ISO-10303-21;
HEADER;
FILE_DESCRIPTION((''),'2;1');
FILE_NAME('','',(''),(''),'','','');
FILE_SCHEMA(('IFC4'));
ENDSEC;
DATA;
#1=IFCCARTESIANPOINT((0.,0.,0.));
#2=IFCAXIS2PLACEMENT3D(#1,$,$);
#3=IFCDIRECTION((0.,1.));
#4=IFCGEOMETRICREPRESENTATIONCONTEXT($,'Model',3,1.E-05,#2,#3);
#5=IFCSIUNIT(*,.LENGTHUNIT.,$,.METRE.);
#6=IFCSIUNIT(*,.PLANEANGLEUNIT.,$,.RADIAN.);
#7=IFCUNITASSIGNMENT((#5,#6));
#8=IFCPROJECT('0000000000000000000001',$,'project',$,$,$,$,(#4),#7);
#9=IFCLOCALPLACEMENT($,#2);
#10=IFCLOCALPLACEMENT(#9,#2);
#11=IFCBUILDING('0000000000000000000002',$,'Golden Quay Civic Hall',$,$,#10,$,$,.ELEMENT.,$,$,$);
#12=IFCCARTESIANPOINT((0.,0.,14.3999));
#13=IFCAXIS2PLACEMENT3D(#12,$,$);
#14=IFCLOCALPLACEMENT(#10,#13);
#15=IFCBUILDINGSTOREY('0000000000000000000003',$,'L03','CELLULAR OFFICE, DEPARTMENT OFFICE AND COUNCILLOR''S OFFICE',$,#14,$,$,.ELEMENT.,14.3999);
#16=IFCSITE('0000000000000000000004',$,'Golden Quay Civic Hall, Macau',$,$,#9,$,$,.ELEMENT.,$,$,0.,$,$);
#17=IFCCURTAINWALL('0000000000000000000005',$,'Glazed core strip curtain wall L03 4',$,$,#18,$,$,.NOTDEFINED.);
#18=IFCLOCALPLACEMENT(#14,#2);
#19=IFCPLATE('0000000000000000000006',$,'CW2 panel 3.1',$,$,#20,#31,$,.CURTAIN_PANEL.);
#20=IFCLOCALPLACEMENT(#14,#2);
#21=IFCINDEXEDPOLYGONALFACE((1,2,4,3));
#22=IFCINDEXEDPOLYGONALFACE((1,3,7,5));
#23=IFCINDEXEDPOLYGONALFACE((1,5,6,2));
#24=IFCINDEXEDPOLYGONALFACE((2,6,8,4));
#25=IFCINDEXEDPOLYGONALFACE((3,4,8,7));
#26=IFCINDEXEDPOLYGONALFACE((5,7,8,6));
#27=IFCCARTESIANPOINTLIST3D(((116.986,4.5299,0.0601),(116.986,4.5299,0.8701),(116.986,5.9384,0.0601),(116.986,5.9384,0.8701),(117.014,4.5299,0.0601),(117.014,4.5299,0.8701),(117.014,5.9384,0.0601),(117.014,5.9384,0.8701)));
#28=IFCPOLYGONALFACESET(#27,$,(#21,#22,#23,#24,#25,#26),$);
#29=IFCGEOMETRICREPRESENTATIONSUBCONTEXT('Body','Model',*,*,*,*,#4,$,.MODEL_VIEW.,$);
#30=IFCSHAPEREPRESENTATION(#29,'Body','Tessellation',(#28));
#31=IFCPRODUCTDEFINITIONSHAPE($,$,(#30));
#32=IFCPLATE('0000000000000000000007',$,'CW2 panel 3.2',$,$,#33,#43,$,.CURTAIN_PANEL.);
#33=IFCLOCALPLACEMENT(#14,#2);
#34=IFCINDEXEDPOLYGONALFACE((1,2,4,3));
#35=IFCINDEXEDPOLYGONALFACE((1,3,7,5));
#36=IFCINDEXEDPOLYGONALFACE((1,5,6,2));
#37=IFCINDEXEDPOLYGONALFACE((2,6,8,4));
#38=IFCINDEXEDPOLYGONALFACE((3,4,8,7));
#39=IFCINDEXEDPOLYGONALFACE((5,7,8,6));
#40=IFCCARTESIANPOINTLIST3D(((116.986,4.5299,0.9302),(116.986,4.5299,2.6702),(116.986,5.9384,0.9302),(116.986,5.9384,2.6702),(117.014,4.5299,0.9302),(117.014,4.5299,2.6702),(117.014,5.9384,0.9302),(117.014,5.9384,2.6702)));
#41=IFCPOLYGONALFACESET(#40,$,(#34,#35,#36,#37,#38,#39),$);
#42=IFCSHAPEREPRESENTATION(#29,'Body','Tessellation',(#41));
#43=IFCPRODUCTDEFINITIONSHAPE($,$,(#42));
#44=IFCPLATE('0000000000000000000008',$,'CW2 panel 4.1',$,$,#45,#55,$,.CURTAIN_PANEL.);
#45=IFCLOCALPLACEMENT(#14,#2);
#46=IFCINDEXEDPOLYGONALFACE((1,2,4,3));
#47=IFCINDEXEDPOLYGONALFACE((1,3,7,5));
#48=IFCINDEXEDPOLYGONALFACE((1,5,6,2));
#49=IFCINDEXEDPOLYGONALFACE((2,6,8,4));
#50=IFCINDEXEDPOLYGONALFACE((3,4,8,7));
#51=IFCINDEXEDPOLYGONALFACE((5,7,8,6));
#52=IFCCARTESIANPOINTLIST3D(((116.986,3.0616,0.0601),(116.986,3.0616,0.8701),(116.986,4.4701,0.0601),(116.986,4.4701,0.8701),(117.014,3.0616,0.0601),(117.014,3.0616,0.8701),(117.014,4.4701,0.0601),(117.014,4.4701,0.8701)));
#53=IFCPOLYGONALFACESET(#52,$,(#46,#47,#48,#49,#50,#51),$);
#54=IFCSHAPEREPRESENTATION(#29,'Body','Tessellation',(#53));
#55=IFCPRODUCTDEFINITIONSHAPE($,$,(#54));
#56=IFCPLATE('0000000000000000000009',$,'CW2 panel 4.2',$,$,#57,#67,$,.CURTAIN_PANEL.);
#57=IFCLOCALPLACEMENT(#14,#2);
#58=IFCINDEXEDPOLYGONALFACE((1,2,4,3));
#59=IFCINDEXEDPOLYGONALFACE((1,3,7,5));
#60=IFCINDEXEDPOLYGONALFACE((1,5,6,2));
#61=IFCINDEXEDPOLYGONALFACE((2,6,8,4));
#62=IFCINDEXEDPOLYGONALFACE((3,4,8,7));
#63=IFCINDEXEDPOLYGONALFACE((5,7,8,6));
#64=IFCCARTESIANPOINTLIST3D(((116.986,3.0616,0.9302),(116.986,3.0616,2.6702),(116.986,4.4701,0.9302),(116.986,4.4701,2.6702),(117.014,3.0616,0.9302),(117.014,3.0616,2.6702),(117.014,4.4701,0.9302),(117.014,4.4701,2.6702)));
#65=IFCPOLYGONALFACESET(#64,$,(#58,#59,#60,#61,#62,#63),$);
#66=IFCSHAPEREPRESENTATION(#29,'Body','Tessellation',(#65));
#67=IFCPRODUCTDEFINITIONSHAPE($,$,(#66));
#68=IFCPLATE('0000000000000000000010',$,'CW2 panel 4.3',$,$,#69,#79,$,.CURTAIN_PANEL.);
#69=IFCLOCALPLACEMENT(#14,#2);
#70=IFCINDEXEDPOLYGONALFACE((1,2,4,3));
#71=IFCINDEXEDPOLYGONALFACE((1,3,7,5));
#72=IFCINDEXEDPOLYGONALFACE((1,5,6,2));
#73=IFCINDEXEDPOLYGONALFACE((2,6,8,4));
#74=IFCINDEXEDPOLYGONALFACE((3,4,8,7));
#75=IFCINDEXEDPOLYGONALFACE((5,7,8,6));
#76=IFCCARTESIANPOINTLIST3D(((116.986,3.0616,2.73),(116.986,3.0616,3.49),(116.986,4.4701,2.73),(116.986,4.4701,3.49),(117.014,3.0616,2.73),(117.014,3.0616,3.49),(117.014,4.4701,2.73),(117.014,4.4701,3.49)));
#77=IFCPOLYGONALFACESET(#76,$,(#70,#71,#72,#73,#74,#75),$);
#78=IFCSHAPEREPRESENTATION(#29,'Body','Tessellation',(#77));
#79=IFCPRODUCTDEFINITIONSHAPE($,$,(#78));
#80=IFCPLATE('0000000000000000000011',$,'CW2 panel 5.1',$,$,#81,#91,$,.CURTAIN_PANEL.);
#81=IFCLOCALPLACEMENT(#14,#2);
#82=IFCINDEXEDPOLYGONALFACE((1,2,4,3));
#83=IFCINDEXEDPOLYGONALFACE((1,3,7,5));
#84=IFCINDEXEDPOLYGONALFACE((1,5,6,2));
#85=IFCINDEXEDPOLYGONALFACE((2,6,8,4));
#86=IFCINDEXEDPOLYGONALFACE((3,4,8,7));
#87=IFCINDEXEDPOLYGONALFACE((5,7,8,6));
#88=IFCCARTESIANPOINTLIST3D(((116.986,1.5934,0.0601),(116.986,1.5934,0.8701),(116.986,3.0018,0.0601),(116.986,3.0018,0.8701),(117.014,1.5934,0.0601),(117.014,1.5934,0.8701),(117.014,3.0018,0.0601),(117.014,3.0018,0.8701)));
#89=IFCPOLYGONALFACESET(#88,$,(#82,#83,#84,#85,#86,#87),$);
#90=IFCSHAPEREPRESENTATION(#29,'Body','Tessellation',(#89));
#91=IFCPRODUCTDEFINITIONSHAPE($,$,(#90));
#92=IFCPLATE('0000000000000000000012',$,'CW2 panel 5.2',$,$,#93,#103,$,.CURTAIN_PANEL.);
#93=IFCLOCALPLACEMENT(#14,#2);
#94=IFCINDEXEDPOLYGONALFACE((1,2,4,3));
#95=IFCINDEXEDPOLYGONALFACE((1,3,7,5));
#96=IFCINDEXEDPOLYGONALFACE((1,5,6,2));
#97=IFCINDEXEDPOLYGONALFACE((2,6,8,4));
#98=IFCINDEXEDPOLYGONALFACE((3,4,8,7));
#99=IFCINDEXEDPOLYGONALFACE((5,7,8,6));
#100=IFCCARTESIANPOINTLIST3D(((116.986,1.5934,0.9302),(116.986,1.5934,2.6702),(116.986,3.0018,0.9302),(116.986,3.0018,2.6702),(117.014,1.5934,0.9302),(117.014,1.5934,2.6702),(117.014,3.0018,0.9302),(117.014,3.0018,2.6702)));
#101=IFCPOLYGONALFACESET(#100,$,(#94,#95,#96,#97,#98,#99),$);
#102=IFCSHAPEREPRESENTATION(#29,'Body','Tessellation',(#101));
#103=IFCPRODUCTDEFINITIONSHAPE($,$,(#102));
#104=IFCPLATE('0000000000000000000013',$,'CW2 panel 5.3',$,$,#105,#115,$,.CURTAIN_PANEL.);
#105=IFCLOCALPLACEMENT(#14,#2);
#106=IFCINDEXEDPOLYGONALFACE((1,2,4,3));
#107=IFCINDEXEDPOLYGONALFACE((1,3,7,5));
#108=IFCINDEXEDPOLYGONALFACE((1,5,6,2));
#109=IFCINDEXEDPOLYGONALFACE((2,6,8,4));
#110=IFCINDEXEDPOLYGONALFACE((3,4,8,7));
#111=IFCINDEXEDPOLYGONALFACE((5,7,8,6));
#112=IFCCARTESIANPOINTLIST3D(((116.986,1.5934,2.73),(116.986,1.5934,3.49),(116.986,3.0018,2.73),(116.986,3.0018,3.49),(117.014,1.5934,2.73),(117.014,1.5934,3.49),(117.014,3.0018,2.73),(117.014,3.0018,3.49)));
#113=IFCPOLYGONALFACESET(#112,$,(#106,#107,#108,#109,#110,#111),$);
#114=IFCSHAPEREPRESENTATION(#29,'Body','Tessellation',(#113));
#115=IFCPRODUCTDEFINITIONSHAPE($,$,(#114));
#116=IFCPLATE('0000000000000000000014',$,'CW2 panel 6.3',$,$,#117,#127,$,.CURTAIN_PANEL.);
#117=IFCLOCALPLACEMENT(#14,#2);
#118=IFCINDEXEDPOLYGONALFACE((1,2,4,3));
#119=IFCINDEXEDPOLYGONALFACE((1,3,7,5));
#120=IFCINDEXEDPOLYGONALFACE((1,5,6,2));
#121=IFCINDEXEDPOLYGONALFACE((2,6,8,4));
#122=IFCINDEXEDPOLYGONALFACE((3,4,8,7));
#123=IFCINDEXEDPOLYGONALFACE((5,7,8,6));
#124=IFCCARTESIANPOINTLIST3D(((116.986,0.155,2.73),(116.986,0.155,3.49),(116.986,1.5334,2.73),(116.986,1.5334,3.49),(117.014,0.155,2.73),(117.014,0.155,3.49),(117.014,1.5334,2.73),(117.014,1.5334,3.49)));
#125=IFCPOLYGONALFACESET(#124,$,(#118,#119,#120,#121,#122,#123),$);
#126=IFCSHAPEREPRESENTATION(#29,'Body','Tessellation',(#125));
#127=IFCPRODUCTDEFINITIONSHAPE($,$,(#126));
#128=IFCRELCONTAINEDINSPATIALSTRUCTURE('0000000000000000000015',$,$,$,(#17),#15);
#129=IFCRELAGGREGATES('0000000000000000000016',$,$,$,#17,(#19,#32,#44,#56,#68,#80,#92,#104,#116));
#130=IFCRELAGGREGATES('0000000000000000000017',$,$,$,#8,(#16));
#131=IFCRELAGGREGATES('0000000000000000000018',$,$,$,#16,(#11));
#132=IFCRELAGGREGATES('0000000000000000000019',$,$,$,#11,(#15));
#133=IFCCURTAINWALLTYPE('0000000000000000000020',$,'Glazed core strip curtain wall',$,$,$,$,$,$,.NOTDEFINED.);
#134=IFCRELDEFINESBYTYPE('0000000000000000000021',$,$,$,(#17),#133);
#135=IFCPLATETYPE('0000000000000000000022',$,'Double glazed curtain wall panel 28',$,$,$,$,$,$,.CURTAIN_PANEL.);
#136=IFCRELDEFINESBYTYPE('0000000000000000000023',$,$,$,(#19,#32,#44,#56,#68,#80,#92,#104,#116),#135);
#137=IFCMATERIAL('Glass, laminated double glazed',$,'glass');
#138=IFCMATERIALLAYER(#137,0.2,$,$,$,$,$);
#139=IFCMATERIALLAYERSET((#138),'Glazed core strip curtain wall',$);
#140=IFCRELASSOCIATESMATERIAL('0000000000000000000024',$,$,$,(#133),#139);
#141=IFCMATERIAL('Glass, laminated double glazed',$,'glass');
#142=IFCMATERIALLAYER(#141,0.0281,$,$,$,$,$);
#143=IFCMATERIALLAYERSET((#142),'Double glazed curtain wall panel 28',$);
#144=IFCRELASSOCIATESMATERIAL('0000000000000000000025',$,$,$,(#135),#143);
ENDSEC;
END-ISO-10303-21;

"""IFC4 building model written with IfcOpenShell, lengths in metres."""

from ifc_helpers import new_model, si_unit, direction, frame, origin, origin_2d, place, context, subcontext, project, spatial, rectangle, extrude, material, layer, layer_set, type_object, element, aggregate, save


model = new_model("IFC4")

# Units and contexts
model_context = context("Model", 3, precision=1e-05, world=origin(), true_north=direction((0.0, 1.0)))
body_context = subcontext(model_context, "Body", "Model", "MODEL_VIEW")
ifc_project = project(units=[si_unit("LENGTHUNIT", "METRE"), si_unit("PLANEANGLEUNIT", "RADIAN")], contexts=[model_context])

# Site, building, storey
site_placement = place(None, origin())
site = spatial("IfcSite", under=ifc_project, at=site_placement, Name="Golden Quay Civic Hall, Macau", CompositionType="ELEMENT", RefElevation=0.0)
building_placement = place(site_placement, origin())
building = spatial("IfcBuilding", under=site, at=building_placement, Name="Golden Quay Civic Hall", CompositionType="ELEMENT")
storey_placement = place(building_placement, frame((0.0, 0.0, 14.3999)))
storey = spatial("IfcBuildingStorey", under=building, at=storey_placement, Name="L03", Description="CELLULAR OFFICE, DEPARTMENT OFFICE AND COUNCILLOR'S OFFICE", CompositionType="ELEMENT", Elevation=14.3999)

# Curtain wall, plates
ifc_material_1 = material(Name="Glass, laminated double glazed", Category="glass")
ifc_layer_1 = layer(ifc_material_1, 0.2)
ifc_layer_set_1 = layer_set([ifc_layer_1], Name="Glazed core strip curtain wall")
curtain_wall_type = type_object("IfcCurtainWallType", Name="Glazed core strip curtain wall", PredefinedType="NOTDEFINED", material=ifc_layer_set_1)
curtain_wall_placement = place(storey_placement, origin())
curtain_wall = element("IfcCurtainWall", 1, at=curtain_wall_placement, inside=storey, type_object=curtain_wall_type, Name="Glazed core strip curtain wall L03 4", PredefinedType="NOTDEFINED")
ifc_material_2 = material(Name="Glass, laminated double glazed", Category="glass")
ifc_layer_2 = layer(ifc_material_2, 0.0281)
ifc_layer_set_2 = layer_set([ifc_layer_2], Name="Double glazed curtain wall panel 28")
plate_type = type_object("IfcPlateType", Name="Double glazed curtain wall panel 28", PredefinedType="CURTAIN_PANEL", material=ifc_layer_set_2)
plate_1_placement = place(storey_placement, frame((117.0, 5.2341, 0.0601), z_axis=(0.0, 0.0, 1.0), x_axis=(0.0, -1.0, 0.0)))
plate_1 = element("IfcPlate", 2, at=plate_1_placement, type_object=plate_type, Name="CW2 panel 3.1", PredefinedType="CURTAIN_PANEL", context=body_context, shape_type="SweptSolid", body=[
    extrude(rectangle(XDim=1.4084, YDim=0.0281, at=origin_2d()), origin(), (0.0, 0.0, 1.0), 0.8101),
])
plate_2_placement = place(storey_placement, frame((117.0, 5.2341, 0.9302), z_axis=(0.0, 0.0, 1.0), x_axis=(0.0, -1.0, 0.0)))
plate_2 = element("IfcPlate", 3, at=plate_2_placement, type_object=plate_type, Name="CW2 panel 3.2", PredefinedType="CURTAIN_PANEL", context=body_context, shape_type="SweptSolid", body=[
    extrude(rectangle(XDim=1.4084, YDim=0.0281, at=origin_2d()), origin(), (0.0, 0.0, 1.0), 1.74),
])
plate_3_placement = place(storey_placement, frame((117.0, 3.7659, 0.0601), z_axis=(0.0, 0.0, 1.0), x_axis=(0.0, -1.0, 0.0)))
plate_3 = element("IfcPlate", 4, at=plate_3_placement, type_object=plate_type, Name="CW2 panel 4.1", PredefinedType="CURTAIN_PANEL", context=body_context, shape_type="SweptSolid", body=[
    extrude(rectangle(XDim=1.4084, YDim=0.0281, at=origin_2d()), origin(), (0.0, 0.0, 1.0), 0.8101),
])
plate_4_placement = place(storey_placement, frame((117.0, 3.7659, 0.9302), z_axis=(0.0, 0.0, 1.0), x_axis=(0.0, -1.0, 0.0)))
plate_4 = element("IfcPlate", 5, at=plate_4_placement, type_object=plate_type, Name="CW2 panel 4.2", PredefinedType="CURTAIN_PANEL", context=body_context, shape_type="SweptSolid", body=[
    extrude(rectangle(XDim=1.4084, YDim=0.0281, at=origin_2d()), origin(), (0.0, 0.0, 1.0), 1.74),
])
plate_5_placement = place(storey_placement, frame((117.0, 3.7659, 2.73), z_axis=(0.0, 0.0, 1.0), x_axis=(0.0, -1.0, 0.0)))
plate_5 = element("IfcPlate", 6, at=plate_5_placement, type_object=plate_type, Name="CW2 panel 4.3", PredefinedType="CURTAIN_PANEL", context=body_context, shape_type="SweptSolid", body=[
    extrude(rectangle(XDim=1.4084, YDim=0.0281, at=origin_2d()), origin(), (0.0, 0.0, 1.0), 0.76),
])
plate_6_placement = place(storey_placement, frame((117.0, 2.2976, 0.0601), z_axis=(0.0, 0.0, 1.0), x_axis=(0.0, -1.0, 0.0)))
plate_6 = element("IfcPlate", 7, at=plate_6_placement, type_object=plate_type, Name="CW2 panel 5.1", PredefinedType="CURTAIN_PANEL", context=body_context, shape_type="SweptSolid", body=[
    extrude(rectangle(XDim=1.4084, YDim=0.0281, at=origin_2d()), origin(), (0.0, 0.0, 1.0), 0.8101),
])
plate_7_placement = place(storey_placement, frame((117.0, 2.2976, 0.9302), z_axis=(0.0, 0.0, 1.0), x_axis=(0.0, -1.0, 0.0)))
plate_7 = element("IfcPlate", 8, at=plate_7_placement, type_object=plate_type, Name="CW2 panel 5.2", PredefinedType="CURTAIN_PANEL", context=body_context, shape_type="SweptSolid", body=[
    extrude(rectangle(XDim=1.4084, YDim=0.0281, at=origin_2d()), origin(), (0.0, 0.0, 1.0), 1.74),
])
plate_8_placement = place(storey_placement, frame((117.0, 2.2976, 2.73), z_axis=(0.0, 0.0, 1.0), x_axis=(0.0, -1.0, 0.0)))
plate_8 = element("IfcPlate", 9, at=plate_8_placement, type_object=plate_type, Name="CW2 panel 5.3", PredefinedType="CURTAIN_PANEL", context=body_context, shape_type="SweptSolid", body=[
    extrude(rectangle(XDim=1.4084, YDim=0.0281, at=origin_2d()), origin(), (0.0, 0.0, 1.0), 0.76),
])
plate_9_placement = place(storey_placement, frame((117.0, 0.8442, 2.73), z_axis=(0.0, 0.0, 1.0), x_axis=(0.0, -1.0, 0.0)))
plate_9 = element("IfcPlate", 10, at=plate_9_placement, type_object=plate_type, Name="CW2 panel 6.3", PredefinedType="CURTAIN_PANEL", context=body_context, shape_type="SweptSolid", body=[
    extrude(rectangle(XDim=1.3784, YDim=0.0281, at=origin_2d()), origin(), (0.0, 0.0, 1.0), 0.76),
])
aggregate(curtain_wall, [plate_1, plate_2, plate_3, plate_4, plate_5, plate_6, plate_7, plate_8, plate_9])

save(model, "model.ifc")
